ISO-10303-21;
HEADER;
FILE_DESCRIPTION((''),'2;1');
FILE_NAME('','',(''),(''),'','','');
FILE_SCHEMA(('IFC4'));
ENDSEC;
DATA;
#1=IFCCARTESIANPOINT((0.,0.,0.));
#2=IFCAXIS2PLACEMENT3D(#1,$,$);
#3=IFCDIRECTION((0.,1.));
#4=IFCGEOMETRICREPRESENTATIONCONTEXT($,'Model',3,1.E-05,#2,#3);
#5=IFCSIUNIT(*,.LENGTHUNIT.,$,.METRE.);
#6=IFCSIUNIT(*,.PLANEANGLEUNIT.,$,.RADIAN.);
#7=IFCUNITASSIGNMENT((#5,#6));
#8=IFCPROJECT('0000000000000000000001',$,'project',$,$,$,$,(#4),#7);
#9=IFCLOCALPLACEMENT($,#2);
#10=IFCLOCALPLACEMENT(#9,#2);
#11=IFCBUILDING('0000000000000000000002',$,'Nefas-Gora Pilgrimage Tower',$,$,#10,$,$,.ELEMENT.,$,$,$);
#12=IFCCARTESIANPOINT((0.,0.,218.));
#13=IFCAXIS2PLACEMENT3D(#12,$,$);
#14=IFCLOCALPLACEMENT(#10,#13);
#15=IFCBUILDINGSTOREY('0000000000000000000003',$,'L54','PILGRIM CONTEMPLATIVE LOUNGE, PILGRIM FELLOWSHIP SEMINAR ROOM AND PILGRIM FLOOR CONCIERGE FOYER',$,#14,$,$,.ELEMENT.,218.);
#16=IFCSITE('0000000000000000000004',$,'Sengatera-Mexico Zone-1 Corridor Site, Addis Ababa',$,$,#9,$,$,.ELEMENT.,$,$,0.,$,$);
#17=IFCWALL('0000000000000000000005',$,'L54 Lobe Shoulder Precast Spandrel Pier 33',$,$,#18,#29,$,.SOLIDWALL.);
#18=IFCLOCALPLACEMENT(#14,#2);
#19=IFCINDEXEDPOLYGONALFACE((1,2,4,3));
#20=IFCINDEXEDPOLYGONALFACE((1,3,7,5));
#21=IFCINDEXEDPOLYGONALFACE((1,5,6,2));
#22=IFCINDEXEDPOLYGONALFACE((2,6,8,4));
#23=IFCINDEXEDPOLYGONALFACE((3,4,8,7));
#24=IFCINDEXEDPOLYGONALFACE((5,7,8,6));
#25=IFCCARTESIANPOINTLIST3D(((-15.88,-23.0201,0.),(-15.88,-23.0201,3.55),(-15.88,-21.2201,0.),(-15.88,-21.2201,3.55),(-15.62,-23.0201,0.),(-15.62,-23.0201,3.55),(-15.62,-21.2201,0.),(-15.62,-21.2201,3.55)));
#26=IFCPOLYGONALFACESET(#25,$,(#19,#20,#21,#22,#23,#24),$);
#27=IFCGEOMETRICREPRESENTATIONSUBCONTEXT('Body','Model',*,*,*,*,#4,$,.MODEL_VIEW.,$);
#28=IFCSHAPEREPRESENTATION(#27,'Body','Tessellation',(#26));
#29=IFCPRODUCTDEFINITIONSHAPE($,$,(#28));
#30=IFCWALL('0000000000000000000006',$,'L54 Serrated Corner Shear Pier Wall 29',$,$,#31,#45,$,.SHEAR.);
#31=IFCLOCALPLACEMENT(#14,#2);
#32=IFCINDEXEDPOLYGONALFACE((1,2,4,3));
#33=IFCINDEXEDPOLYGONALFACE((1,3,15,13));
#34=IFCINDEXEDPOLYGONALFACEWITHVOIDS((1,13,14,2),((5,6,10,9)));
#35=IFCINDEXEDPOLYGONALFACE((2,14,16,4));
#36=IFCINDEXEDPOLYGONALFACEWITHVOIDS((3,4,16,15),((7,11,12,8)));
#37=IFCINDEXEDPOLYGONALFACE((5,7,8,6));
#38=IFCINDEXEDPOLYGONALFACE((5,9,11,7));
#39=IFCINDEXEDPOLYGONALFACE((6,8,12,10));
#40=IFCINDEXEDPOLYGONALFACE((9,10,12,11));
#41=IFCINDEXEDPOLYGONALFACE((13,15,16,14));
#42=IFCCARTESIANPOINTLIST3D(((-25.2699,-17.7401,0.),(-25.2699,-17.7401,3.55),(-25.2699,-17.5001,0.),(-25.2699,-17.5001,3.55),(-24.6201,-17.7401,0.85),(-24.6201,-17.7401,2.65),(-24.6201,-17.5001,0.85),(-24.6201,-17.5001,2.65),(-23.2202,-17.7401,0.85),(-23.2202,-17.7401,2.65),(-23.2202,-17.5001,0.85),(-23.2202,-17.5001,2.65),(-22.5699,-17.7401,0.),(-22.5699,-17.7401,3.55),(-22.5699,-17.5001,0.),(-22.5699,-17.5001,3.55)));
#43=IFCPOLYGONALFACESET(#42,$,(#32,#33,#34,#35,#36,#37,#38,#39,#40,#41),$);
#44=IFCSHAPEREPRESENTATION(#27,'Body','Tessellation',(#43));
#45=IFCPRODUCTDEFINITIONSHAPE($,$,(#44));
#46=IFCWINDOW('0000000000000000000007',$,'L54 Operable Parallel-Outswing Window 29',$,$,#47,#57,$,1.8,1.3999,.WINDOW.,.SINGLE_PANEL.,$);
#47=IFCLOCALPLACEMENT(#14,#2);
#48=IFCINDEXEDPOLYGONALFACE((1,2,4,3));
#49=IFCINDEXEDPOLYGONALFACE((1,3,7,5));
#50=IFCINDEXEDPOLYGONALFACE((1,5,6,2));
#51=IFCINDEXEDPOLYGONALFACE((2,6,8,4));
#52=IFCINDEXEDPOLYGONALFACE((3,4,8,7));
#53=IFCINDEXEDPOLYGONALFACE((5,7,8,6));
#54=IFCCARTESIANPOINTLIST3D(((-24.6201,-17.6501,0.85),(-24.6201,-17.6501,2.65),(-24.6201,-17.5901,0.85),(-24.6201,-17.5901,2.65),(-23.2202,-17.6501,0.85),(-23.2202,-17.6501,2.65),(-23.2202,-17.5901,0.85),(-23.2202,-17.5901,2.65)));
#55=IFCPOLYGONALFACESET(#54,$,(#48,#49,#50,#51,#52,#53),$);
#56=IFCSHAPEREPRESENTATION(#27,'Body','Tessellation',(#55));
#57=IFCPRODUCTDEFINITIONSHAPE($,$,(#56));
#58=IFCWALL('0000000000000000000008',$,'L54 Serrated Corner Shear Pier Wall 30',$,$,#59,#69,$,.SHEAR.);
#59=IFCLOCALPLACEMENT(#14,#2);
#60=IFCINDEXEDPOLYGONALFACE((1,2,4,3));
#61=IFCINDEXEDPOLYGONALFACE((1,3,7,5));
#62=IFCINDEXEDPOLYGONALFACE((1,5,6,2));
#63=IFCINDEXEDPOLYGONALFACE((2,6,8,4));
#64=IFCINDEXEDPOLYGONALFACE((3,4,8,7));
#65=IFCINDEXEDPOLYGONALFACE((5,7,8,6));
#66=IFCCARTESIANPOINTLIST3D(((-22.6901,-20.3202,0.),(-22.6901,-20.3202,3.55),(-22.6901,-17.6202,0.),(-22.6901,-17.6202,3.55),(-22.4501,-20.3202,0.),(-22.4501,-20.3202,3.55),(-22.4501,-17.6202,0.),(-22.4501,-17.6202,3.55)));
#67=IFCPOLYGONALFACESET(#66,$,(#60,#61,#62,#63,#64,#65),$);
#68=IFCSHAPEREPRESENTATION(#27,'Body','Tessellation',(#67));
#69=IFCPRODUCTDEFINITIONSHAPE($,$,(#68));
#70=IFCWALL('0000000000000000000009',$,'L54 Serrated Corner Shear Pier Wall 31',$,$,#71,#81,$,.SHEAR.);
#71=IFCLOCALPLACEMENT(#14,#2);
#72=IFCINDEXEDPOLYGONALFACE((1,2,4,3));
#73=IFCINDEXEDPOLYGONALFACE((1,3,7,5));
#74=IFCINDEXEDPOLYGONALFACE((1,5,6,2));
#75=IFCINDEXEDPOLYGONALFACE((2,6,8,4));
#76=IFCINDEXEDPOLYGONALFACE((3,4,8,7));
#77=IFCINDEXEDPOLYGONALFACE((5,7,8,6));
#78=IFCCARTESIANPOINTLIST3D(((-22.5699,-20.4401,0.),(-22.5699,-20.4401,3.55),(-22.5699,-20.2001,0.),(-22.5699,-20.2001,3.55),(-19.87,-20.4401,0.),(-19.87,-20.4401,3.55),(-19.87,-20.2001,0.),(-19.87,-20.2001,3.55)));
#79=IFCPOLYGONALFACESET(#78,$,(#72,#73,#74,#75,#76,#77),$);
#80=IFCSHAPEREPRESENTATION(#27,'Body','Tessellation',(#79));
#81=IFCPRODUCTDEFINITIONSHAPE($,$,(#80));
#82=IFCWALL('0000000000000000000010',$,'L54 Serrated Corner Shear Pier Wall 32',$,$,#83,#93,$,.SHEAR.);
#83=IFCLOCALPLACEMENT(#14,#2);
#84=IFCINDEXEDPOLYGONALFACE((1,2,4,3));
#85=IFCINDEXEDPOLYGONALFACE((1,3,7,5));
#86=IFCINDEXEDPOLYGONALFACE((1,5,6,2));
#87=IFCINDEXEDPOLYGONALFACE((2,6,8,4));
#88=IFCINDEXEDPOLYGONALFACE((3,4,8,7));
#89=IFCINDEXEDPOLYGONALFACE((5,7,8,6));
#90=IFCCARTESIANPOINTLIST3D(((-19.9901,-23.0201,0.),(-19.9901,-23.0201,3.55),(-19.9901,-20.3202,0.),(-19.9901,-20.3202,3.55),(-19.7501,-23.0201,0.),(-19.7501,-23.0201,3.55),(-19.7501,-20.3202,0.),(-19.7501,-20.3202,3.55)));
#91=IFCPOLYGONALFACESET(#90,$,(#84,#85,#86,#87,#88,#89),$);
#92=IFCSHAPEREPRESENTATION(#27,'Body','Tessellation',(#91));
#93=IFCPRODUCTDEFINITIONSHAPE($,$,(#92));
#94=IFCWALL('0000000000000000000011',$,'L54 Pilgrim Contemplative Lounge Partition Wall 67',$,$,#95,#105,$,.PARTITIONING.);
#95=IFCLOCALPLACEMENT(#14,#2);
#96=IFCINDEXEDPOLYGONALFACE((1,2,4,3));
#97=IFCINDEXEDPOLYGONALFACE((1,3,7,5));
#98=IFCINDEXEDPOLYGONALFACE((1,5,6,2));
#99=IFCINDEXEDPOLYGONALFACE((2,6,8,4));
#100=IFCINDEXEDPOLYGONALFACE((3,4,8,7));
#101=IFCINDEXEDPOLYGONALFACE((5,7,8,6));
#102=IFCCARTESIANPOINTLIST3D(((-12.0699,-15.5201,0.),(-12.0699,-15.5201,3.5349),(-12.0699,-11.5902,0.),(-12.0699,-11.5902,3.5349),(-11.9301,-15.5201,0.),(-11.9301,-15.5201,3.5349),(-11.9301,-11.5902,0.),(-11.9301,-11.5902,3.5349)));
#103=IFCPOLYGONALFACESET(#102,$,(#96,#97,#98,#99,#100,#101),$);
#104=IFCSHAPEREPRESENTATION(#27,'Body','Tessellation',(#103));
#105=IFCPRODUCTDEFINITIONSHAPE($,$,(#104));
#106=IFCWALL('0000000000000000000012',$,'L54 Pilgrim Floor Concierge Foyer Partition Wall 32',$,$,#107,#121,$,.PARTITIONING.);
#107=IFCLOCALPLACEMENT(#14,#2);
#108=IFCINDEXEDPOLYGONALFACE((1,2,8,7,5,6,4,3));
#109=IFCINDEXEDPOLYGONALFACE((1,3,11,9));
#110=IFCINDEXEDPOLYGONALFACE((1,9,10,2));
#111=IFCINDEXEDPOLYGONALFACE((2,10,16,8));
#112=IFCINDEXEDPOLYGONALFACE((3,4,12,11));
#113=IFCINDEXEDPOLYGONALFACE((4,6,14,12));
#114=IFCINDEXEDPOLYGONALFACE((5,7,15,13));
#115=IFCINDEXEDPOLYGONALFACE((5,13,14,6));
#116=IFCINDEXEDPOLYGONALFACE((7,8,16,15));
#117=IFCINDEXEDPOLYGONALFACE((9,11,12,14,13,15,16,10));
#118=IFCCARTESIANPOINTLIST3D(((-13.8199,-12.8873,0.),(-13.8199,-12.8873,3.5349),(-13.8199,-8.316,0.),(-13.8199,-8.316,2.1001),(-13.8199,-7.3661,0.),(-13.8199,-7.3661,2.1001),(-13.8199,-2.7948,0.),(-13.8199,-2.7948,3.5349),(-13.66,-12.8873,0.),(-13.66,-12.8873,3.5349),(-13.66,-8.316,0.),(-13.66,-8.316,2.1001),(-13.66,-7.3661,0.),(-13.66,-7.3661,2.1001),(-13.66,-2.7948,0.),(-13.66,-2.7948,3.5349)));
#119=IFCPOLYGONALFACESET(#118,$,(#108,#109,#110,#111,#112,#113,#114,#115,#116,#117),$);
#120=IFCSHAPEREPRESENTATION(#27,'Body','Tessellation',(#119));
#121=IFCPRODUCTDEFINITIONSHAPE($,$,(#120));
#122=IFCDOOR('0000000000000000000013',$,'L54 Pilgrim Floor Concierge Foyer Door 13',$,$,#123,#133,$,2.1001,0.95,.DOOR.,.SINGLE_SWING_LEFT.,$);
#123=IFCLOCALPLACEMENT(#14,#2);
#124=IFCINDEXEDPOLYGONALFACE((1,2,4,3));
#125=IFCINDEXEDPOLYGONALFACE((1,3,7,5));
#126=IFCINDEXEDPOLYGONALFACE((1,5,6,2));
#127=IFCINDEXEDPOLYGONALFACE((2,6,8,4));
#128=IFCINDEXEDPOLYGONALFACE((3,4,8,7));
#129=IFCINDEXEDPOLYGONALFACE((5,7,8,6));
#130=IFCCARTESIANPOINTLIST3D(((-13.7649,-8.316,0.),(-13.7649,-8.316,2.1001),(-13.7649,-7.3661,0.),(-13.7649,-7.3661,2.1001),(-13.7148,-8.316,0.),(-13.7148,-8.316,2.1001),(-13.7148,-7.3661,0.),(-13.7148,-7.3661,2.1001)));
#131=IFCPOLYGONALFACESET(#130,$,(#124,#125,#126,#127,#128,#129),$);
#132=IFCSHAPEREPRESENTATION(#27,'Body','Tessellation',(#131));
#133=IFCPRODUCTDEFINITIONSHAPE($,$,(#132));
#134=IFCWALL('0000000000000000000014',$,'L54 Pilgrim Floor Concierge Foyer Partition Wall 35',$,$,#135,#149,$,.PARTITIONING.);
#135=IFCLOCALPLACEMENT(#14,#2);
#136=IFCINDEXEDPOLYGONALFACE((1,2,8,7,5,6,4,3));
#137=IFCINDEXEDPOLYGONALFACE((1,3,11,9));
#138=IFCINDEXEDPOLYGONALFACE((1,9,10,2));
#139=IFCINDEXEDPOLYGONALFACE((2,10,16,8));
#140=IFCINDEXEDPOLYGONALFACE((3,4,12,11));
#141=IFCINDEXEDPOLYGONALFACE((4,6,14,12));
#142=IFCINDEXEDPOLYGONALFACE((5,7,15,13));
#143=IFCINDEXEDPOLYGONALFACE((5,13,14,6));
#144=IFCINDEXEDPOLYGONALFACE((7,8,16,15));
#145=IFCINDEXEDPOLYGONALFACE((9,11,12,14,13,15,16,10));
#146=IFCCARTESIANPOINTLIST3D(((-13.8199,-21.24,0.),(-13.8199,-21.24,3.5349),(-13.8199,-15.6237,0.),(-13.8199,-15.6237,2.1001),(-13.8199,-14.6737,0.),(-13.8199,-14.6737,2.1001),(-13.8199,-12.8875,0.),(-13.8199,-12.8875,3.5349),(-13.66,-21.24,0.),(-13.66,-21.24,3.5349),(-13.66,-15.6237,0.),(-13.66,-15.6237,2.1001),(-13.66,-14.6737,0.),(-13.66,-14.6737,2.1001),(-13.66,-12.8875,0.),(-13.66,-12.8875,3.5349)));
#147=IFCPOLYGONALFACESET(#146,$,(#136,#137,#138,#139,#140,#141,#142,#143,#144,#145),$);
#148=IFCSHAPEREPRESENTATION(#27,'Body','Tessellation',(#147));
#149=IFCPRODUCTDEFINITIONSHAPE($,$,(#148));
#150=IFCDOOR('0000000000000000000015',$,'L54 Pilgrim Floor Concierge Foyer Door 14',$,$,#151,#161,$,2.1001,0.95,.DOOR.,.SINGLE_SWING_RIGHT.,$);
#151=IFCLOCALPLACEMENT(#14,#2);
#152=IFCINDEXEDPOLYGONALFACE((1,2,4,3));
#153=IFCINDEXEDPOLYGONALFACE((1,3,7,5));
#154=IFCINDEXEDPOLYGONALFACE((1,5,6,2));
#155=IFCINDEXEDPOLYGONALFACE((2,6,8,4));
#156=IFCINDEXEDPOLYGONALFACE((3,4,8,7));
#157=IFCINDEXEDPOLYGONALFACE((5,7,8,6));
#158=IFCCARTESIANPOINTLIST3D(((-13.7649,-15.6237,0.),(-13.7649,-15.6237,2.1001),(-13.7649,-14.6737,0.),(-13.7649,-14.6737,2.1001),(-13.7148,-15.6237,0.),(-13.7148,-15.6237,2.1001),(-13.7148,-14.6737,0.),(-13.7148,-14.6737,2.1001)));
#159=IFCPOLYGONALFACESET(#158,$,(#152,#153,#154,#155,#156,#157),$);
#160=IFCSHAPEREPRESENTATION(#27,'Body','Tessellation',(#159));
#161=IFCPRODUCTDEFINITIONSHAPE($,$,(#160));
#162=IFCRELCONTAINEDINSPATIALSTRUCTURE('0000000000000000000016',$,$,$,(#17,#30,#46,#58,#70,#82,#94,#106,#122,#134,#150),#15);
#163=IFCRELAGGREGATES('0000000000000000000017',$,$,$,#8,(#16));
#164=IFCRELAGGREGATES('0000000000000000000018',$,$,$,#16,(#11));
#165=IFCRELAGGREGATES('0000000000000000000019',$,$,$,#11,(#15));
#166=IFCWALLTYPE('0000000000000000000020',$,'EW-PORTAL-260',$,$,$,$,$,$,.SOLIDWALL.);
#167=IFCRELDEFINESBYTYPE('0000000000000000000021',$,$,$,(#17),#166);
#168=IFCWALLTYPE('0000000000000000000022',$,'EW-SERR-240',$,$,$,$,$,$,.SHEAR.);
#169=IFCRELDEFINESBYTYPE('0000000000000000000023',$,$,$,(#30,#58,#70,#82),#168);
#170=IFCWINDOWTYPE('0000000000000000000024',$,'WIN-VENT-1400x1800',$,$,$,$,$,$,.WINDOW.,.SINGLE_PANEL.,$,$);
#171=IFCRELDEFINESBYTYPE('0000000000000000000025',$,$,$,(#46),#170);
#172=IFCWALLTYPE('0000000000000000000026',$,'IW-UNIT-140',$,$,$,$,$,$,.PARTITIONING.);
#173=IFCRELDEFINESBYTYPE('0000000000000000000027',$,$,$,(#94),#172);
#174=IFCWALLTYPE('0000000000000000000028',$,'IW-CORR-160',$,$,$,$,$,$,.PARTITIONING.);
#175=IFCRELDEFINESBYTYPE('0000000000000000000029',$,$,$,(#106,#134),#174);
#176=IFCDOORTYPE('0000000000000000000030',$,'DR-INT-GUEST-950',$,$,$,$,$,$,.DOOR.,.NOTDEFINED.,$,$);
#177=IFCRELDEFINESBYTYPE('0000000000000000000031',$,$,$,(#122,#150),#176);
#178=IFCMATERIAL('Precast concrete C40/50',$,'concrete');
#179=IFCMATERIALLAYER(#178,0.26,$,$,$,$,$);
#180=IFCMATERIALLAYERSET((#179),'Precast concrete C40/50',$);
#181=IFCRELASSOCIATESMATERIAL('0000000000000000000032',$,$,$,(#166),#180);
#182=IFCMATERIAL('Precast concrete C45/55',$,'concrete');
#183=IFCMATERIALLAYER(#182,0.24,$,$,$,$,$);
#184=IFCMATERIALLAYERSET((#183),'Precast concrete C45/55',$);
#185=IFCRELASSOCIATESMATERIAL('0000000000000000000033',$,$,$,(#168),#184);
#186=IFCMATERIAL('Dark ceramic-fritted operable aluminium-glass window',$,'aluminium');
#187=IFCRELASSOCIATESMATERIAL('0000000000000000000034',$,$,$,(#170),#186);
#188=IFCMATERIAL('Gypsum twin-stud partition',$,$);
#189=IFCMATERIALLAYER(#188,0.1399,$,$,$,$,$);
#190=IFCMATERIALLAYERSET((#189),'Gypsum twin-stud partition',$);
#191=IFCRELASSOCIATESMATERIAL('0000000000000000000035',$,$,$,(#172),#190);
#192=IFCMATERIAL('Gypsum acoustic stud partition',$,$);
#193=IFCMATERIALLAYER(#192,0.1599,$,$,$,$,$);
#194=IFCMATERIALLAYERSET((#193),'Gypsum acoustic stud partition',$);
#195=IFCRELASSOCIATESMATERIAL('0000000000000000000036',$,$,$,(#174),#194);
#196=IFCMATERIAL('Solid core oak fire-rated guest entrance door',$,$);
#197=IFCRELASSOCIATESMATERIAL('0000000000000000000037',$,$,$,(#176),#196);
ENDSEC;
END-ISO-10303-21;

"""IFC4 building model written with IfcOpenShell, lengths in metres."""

from ifc_helpers import new_model, si_unit, direction, frame, frame_2d, origin, place, context, subcontext, project, spatial, rectangle, extrude, source, transform, mapped, material, layer, layer_set, type_object, element, fill, save


model = new_model("IFC4")

# Units and contexts
model_context = context("Model", 3, precision=1e-05, world=origin(), true_north=direction((0.0, 1.0)))
body_context = subcontext(model_context, "Body", "Model", "MODEL_VIEW")
ifc_project = project(units=[si_unit("LENGTHUNIT", "METRE"), si_unit("PLANEANGLEUNIT", "RADIAN")], contexts=[model_context])

# Site, building, storey
site_placement = place(None, origin())
site = spatial("IfcSite", under=ifc_project, at=site_placement, Name="Sengatera-Mexico Zone-1 Corridor Site, Addis Ababa", CompositionType="ELEMENT", RefElevation=0.0)
building_placement = place(site_placement, origin())
building = spatial("IfcBuilding", under=site, at=building_placement, Name="Nefas-Gora Pilgrimage Tower", CompositionType="ELEMENT")
storey_placement = place(building_placement, frame((0.0, 0.0, 218.0)))
storey = spatial("IfcBuildingStorey", under=building, at=storey_placement, Name="L54", Description="PILGRIM CONTEMPLATIVE LOUNGE, PILGRIM FELLOWSHIP SEMINAR ROOM AND PILGRIM FLOOR CONCIERGE FOYER", CompositionType="ELEMENT", Elevation=218.0)

# Wall
ifc_material_1 = material(Name="Precast concrete C40/50", Category="concrete")
ifc_layer_1 = layer(ifc_material_1, 0.26)
ifc_layer_set_1 = layer_set([ifc_layer_1], Name="Precast concrete C40/50")
wall_type_1 = type_object("IfcWallType", Name="EW-PORTAL-260", PredefinedType="SOLIDWALL", material=ifc_layer_set_1)
shared_shape_1 = source(origin(), body_context, "Body", "SweptSolid", [
    extrude(rectangle(XDim=1.8, YDim=0.26, at=frame_2d((0.8999, 0.0))), origin(), (0.0, 0.0, 1.0), 3.55),
])
wall_1_placement = place(storey_placement, frame((-15.75, -23.02, 0.0), z_axis=(0.0, 0.0, 1.0), x_axis=(0.0, 1.0, 0.0)))
element("IfcWall", 1, at=wall_1_placement, inside=storey, type_object=wall_type_1, Name="L54 Lobe Shoulder Precast Spandrel Pier 33", PredefinedType="SOLIDWALL", context=body_context, shape_type="MappedRepresentation", body=[
    mapped(shared_shape_1, transform((0.0, 0.0, 0.0), x_axis=(1.0, 0.0, 0.0), y_axis=(0.0, 1.0, 0.0), z_axis=(0.0, 0.0, 1.0), scale=1.0)),
])

# Wall, opening, window
ifc_material_2 = material(Name="Precast concrete C45/55", Category="concrete")
ifc_layer_2 = layer(ifc_material_2, 0.24)
ifc_layer_set_2 = layer_set([ifc_layer_2], Name="Precast concrete C45/55")
wall_type_2 = type_object("IfcWallType", Name="EW-SERR-240", PredefinedType="SHEAR", material=ifc_layer_set_2)
shared_shape_2 = source(origin(), body_context, "Body", "SweptSolid", [
    extrude(rectangle(XDim=2.7, YDim=0.24, at=frame_2d((1.3501, 0.0))), origin(), (0.0, 0.0, 1.0), 3.55),
])
wall_2_placement = place(storey_placement, frame((-25.27, -17.6201, 0.0), z_axis=(0.0, 0.0, 1.0), x_axis=(1.0, 0.0, 0.0)))
wall_2 = element("IfcWall", 2, at=wall_2_placement, inside=storey, type_object=wall_type_2, Name="L54 Serrated Corner Shear Pier Wall 29", PredefinedType="SHEAR", context=body_context, shape_type="MappedRepresentation", body=[
    mapped(shared_shape_2, transform((0.0, 0.0, 0.0), x_axis=(1.0, 0.0, 0.0), y_axis=(0.0, 1.0, 0.0), z_axis=(0.0, 0.0, 1.0), scale=1.0)),
])
opening_1_placement = place(wall_2_placement, frame((0.6499, 0.0, 0.8501)))
opening_1 = element("IfcOpeningElement", 3, at=opening_1_placement, cuts=wall_2, PredefinedType="OPENING", context=body_context, shape_type="SweptSolid", body=[
    extrude(rectangle(XDim=1.3999, YDim=1.8, at=frame_2d((0.7, 0.8999))), frame((0.0, 0.1299, 0.0), z_axis=(0.0, -1.0, 0.0), x_axis=(1.0, 0.0, 0.0)), (0.0, 0.0, 1.0), 0.26),
])
ifc_material_3 = material(Name="Dark ceramic-fritted operable aluminium-glass window", Category="aluminium")
window_type = type_object("IfcWindowType", Name="WIN-VENT-1400x1800", PartitioningType="SINGLE_PANEL", PredefinedType="WINDOW", material=ifc_material_3)
shared_shape_3 = source(origin(), body_context, "Body", "SweptSolid", [
    extrude(rectangle(XDim=1.3999, YDim=1.8, at=frame_2d((0.7, 0.8999))), frame((0.0, 0.03, 0.0), z_axis=(0.0, -1.0, 0.0), x_axis=(1.0, 0.0, 0.0)), (0.0, 0.0, 1.0), 0.0601),
])
window_placement = place(opening_1_placement, origin())
window = element("IfcWindow", 4, at=window_placement, inside=storey, type_object=window_type, Name="L54 Operable Parallel-Outswing Window 29", OverallHeight=1.8, OverallWidth=1.3999, PartitioningType="SINGLE_PANEL", PredefinedType="WINDOW", context=body_context, shape_type="MappedRepresentation", body=[
    mapped(shared_shape_3, transform((0.0, 0.0, 0.0), x_axis=(1.0, 0.0, 0.0), y_axis=(0.0, 1.0, 0.0), z_axis=(0.0, 0.0, 1.0), scale=1.0)),
])
fill(opening_1, window)

# Walls
for number, where, z_axis, x_axis, name in (
    (5, (-22.5701, -17.6201, 0.0), (0.0, 0.0, 1.0), (0.0, -1.0, 0.0), "L54 Serrated Corner Shear Pier Wall 30"),
    (6, (-22.5701, -20.3201, 0.0), (0.0, 0.0, 1.0), (1.0, 0.0, 0.0), "L54 Serrated Corner Shear Pier Wall 31"),
    (7, (-19.8701, -20.3201, 0.0), (0.0, 0.0, 1.0), (0.0, -1.0, 0.0), "L54 Serrated Corner Shear Pier Wall 32"),
):
    element("IfcWall", number, at=place(storey_placement, frame(where, z_axis=z_axis, x_axis=x_axis)), inside=storey, type_object=wall_type_2, Name=name, PredefinedType="SHEAR", context=body_context, shape_type="MappedRepresentation", body=[
        mapped(shared_shape_2, transform((0.0, 0.0, 0.0), x_axis=(1.0, 0.0, 0.0), y_axis=(0.0, 1.0, 0.0), z_axis=(0.0, 0.0, 1.0), scale=1.0)),
    ])
ifc_material_4 = material(Name="Gypsum twin-stud partition")
ifc_layer_3 = layer(ifc_material_4, 0.1399)
ifc_layer_set_3 = layer_set([ifc_layer_3], Name="Gypsum twin-stud partition")
wall_type_3 = type_object("IfcWallType", Name="IW-UNIT-140", PredefinedType="PARTITIONING", material=ifc_layer_set_3)
shared_shape_4 = source(origin(), body_context, "Body", "SweptSolid", [
    extrude(rectangle(XDim=3.9299, YDim=0.1399, at=frame_2d((1.9648, 0.0))), origin(), (0.0, 0.0, 1.0), 3.5349),
])
wall_3_placement = place(storey_placement, frame((-12.0, -15.52, 0.0), z_axis=(0.0, 0.0, 1.0), x_axis=(0.0, 1.0, 0.0)))
element("IfcWall", 8, at=wall_3_placement, inside=storey, type_object=wall_type_3, Name="L54 Pilgrim Contemplative Lounge Partition Wall 67", PredefinedType="PARTITIONING", context=body_context, shape_type="MappedRepresentation", body=[
    mapped(shared_shape_4, transform((0.0, 0.0, 0.0), x_axis=(1.0, 0.0, 0.0), y_axis=(0.0, 1.0, 0.0), z_axis=(0.0, 0.0, 1.0), scale=1.0)),
])

# Walls, openings, doors
ifc_material_5 = material(Name="Gypsum acoustic stud partition")
ifc_layer_4 = layer(ifc_material_5, 0.1599)
ifc_layer_set_4 = layer_set([ifc_layer_4], Name="Gypsum acoustic stud partition")
wall_type_4 = type_object("IfcWallType", Name="IW-CORR-160", PredefinedType="PARTITIONING", material=ifc_layer_set_4)
shared_shape_5 = source(origin(), body_context, "Body", "SweptSolid", [
    extrude(rectangle(XDim=10.0925, YDim=0.1599, at=frame_2d((5.0464, 0.0))), origin(), (0.0, 0.0, 1.0), 3.5349),
])
wall_4_placement = place(storey_placement, frame((-13.74, -12.8875, 0.0), z_axis=(0.0, 0.0, 1.0), x_axis=(0.0, 1.0, 0.0)))
wall_4 = element("IfcWall", 9, at=wall_4_placement, inside=storey, type_object=wall_type_4, Name="L54 Pilgrim Floor Concierge Foyer Partition Wall 32", PredefinedType="PARTITIONING", context=body_context, shape_type="MappedRepresentation", body=[
    mapped(shared_shape_5, transform((0.0, 0.0, 0.0), x_axis=(1.0, 0.0, 0.0), y_axis=(0.0, 1.0, 0.0), z_axis=(0.0, 0.0, 1.0), scale=1.0)),
])
opening_2_placement = place(wall_4_placement, frame((4.5713, 0.0, 0.0)))
opening_2 = element("IfcOpeningElement", 10, at=opening_2_placement, cuts=wall_4, PredefinedType="OPENING", context=body_context, shape_type="SweptSolid", body=[
    extrude(rectangle(XDim=0.95, YDim=2.1001, at=frame_2d((0.4751, 1.05))), frame((0.0, 0.0898, 0.0), z_axis=(0.0, -1.0, 0.0), x_axis=(1.0, 0.0, 0.0)), (0.0, 0.0, 1.0), 0.1799),
])
ifc_material_6 = material(Name="Solid core oak fire-rated guest entrance door")
door_type = type_object("IfcDoorType", Name="DR-INT-GUEST-950", OperationType="NOTDEFINED", PredefinedType="DOOR", material=ifc_material_6)
shared_shape_6 = source(origin(), body_context, "Body", "SweptSolid", [
    extrude(rectangle(XDim=0.95, YDim=2.1001, at=frame_2d((0.4751, 1.05))), frame((0.0, 0.0249, 0.0), z_axis=(0.0, -1.0, 0.0), x_axis=(1.0, 0.0, 0.0)), (0.0, 0.0, 1.0), 0.05),
])
door_1_placement = place(opening_2_placement, origin())
door_1 = element("IfcDoor", 11, at=door_1_placement, inside=storey, type_object=door_type, Name="L54 Pilgrim Floor Concierge Foyer Door 13", OperationType="SINGLE_SWING_LEFT", OverallHeight=2.1001, OverallWidth=0.95, PredefinedType="DOOR", context=body_context, shape_type="MappedRepresentation", body=[
    mapped(shared_shape_6, transform((0.0, 0.0, 0.0), x_axis=(1.0, 0.0, 0.0), y_axis=(0.0, 1.0, 0.0), z_axis=(0.0, 0.0, 1.0), scale=1.0)),
])
fill(opening_2, door_1)
shared_shape_7 = source(origin(), body_context, "Body", "SweptSolid", [
    extrude(rectangle(XDim=8.3525, YDim=0.1599, at=frame_2d((4.1763, 0.0))), origin(), (0.0, 0.0, 1.0), 3.5349),
])
wall_5_placement = place(storey_placement, frame((-13.74, -21.24, 0.0), z_axis=(0.0, 0.0, 1.0), x_axis=(0.0, 1.0, 0.0)))
wall_5 = element("IfcWall", 12, at=wall_5_placement, inside=storey, type_object=wall_type_4, Name="L54 Pilgrim Floor Concierge Foyer Partition Wall 35", PredefinedType="PARTITIONING", context=body_context, shape_type="MappedRepresentation", body=[
    mapped(shared_shape_7, transform((0.0, 0.0, 0.0), x_axis=(1.0, 0.0, 0.0), y_axis=(0.0, 1.0, 0.0), z_axis=(0.0, 0.0, 1.0), scale=1.0)),
])
opening_3_placement = place(wall_5_placement, frame((5.6162, 0.0, 0.0)))
opening_3 = element("IfcOpeningElement", 13, at=opening_3_placement, cuts=wall_5, PredefinedType="OPENING", context=body_context, shape_type="SweptSolid", body=[
    extrude(rectangle(XDim=0.95, YDim=2.1001, at=frame_2d((0.4751, 1.05))), frame((0.0, 0.0898, 0.0), z_axis=(0.0, -1.0, 0.0), x_axis=(1.0, 0.0, 0.0)), (0.0, 0.0, 1.0), 0.1799),
])
door_2_placement = place(opening_3_placement, origin())
door_2 = element("IfcDoor", 14, at=door_2_placement, inside=storey, type_object=door_type, Name="L54 Pilgrim Floor Concierge Foyer Door 14", OperationType="SINGLE_SWING_RIGHT", OverallHeight=2.1001, OverallWidth=0.95, PredefinedType="DOOR", context=body_context, shape_type="MappedRepresentation", body=[
    mapped(shared_shape_6, transform((0.0, 0.0, 0.0), x_axis=(1.0, 0.0, 0.0), y_axis=(0.0, 1.0, 0.0), z_axis=(0.0, 0.0, 1.0), scale=1.0)),
])
fill(opening_3, door_2)

save(model, "model.ifc")
